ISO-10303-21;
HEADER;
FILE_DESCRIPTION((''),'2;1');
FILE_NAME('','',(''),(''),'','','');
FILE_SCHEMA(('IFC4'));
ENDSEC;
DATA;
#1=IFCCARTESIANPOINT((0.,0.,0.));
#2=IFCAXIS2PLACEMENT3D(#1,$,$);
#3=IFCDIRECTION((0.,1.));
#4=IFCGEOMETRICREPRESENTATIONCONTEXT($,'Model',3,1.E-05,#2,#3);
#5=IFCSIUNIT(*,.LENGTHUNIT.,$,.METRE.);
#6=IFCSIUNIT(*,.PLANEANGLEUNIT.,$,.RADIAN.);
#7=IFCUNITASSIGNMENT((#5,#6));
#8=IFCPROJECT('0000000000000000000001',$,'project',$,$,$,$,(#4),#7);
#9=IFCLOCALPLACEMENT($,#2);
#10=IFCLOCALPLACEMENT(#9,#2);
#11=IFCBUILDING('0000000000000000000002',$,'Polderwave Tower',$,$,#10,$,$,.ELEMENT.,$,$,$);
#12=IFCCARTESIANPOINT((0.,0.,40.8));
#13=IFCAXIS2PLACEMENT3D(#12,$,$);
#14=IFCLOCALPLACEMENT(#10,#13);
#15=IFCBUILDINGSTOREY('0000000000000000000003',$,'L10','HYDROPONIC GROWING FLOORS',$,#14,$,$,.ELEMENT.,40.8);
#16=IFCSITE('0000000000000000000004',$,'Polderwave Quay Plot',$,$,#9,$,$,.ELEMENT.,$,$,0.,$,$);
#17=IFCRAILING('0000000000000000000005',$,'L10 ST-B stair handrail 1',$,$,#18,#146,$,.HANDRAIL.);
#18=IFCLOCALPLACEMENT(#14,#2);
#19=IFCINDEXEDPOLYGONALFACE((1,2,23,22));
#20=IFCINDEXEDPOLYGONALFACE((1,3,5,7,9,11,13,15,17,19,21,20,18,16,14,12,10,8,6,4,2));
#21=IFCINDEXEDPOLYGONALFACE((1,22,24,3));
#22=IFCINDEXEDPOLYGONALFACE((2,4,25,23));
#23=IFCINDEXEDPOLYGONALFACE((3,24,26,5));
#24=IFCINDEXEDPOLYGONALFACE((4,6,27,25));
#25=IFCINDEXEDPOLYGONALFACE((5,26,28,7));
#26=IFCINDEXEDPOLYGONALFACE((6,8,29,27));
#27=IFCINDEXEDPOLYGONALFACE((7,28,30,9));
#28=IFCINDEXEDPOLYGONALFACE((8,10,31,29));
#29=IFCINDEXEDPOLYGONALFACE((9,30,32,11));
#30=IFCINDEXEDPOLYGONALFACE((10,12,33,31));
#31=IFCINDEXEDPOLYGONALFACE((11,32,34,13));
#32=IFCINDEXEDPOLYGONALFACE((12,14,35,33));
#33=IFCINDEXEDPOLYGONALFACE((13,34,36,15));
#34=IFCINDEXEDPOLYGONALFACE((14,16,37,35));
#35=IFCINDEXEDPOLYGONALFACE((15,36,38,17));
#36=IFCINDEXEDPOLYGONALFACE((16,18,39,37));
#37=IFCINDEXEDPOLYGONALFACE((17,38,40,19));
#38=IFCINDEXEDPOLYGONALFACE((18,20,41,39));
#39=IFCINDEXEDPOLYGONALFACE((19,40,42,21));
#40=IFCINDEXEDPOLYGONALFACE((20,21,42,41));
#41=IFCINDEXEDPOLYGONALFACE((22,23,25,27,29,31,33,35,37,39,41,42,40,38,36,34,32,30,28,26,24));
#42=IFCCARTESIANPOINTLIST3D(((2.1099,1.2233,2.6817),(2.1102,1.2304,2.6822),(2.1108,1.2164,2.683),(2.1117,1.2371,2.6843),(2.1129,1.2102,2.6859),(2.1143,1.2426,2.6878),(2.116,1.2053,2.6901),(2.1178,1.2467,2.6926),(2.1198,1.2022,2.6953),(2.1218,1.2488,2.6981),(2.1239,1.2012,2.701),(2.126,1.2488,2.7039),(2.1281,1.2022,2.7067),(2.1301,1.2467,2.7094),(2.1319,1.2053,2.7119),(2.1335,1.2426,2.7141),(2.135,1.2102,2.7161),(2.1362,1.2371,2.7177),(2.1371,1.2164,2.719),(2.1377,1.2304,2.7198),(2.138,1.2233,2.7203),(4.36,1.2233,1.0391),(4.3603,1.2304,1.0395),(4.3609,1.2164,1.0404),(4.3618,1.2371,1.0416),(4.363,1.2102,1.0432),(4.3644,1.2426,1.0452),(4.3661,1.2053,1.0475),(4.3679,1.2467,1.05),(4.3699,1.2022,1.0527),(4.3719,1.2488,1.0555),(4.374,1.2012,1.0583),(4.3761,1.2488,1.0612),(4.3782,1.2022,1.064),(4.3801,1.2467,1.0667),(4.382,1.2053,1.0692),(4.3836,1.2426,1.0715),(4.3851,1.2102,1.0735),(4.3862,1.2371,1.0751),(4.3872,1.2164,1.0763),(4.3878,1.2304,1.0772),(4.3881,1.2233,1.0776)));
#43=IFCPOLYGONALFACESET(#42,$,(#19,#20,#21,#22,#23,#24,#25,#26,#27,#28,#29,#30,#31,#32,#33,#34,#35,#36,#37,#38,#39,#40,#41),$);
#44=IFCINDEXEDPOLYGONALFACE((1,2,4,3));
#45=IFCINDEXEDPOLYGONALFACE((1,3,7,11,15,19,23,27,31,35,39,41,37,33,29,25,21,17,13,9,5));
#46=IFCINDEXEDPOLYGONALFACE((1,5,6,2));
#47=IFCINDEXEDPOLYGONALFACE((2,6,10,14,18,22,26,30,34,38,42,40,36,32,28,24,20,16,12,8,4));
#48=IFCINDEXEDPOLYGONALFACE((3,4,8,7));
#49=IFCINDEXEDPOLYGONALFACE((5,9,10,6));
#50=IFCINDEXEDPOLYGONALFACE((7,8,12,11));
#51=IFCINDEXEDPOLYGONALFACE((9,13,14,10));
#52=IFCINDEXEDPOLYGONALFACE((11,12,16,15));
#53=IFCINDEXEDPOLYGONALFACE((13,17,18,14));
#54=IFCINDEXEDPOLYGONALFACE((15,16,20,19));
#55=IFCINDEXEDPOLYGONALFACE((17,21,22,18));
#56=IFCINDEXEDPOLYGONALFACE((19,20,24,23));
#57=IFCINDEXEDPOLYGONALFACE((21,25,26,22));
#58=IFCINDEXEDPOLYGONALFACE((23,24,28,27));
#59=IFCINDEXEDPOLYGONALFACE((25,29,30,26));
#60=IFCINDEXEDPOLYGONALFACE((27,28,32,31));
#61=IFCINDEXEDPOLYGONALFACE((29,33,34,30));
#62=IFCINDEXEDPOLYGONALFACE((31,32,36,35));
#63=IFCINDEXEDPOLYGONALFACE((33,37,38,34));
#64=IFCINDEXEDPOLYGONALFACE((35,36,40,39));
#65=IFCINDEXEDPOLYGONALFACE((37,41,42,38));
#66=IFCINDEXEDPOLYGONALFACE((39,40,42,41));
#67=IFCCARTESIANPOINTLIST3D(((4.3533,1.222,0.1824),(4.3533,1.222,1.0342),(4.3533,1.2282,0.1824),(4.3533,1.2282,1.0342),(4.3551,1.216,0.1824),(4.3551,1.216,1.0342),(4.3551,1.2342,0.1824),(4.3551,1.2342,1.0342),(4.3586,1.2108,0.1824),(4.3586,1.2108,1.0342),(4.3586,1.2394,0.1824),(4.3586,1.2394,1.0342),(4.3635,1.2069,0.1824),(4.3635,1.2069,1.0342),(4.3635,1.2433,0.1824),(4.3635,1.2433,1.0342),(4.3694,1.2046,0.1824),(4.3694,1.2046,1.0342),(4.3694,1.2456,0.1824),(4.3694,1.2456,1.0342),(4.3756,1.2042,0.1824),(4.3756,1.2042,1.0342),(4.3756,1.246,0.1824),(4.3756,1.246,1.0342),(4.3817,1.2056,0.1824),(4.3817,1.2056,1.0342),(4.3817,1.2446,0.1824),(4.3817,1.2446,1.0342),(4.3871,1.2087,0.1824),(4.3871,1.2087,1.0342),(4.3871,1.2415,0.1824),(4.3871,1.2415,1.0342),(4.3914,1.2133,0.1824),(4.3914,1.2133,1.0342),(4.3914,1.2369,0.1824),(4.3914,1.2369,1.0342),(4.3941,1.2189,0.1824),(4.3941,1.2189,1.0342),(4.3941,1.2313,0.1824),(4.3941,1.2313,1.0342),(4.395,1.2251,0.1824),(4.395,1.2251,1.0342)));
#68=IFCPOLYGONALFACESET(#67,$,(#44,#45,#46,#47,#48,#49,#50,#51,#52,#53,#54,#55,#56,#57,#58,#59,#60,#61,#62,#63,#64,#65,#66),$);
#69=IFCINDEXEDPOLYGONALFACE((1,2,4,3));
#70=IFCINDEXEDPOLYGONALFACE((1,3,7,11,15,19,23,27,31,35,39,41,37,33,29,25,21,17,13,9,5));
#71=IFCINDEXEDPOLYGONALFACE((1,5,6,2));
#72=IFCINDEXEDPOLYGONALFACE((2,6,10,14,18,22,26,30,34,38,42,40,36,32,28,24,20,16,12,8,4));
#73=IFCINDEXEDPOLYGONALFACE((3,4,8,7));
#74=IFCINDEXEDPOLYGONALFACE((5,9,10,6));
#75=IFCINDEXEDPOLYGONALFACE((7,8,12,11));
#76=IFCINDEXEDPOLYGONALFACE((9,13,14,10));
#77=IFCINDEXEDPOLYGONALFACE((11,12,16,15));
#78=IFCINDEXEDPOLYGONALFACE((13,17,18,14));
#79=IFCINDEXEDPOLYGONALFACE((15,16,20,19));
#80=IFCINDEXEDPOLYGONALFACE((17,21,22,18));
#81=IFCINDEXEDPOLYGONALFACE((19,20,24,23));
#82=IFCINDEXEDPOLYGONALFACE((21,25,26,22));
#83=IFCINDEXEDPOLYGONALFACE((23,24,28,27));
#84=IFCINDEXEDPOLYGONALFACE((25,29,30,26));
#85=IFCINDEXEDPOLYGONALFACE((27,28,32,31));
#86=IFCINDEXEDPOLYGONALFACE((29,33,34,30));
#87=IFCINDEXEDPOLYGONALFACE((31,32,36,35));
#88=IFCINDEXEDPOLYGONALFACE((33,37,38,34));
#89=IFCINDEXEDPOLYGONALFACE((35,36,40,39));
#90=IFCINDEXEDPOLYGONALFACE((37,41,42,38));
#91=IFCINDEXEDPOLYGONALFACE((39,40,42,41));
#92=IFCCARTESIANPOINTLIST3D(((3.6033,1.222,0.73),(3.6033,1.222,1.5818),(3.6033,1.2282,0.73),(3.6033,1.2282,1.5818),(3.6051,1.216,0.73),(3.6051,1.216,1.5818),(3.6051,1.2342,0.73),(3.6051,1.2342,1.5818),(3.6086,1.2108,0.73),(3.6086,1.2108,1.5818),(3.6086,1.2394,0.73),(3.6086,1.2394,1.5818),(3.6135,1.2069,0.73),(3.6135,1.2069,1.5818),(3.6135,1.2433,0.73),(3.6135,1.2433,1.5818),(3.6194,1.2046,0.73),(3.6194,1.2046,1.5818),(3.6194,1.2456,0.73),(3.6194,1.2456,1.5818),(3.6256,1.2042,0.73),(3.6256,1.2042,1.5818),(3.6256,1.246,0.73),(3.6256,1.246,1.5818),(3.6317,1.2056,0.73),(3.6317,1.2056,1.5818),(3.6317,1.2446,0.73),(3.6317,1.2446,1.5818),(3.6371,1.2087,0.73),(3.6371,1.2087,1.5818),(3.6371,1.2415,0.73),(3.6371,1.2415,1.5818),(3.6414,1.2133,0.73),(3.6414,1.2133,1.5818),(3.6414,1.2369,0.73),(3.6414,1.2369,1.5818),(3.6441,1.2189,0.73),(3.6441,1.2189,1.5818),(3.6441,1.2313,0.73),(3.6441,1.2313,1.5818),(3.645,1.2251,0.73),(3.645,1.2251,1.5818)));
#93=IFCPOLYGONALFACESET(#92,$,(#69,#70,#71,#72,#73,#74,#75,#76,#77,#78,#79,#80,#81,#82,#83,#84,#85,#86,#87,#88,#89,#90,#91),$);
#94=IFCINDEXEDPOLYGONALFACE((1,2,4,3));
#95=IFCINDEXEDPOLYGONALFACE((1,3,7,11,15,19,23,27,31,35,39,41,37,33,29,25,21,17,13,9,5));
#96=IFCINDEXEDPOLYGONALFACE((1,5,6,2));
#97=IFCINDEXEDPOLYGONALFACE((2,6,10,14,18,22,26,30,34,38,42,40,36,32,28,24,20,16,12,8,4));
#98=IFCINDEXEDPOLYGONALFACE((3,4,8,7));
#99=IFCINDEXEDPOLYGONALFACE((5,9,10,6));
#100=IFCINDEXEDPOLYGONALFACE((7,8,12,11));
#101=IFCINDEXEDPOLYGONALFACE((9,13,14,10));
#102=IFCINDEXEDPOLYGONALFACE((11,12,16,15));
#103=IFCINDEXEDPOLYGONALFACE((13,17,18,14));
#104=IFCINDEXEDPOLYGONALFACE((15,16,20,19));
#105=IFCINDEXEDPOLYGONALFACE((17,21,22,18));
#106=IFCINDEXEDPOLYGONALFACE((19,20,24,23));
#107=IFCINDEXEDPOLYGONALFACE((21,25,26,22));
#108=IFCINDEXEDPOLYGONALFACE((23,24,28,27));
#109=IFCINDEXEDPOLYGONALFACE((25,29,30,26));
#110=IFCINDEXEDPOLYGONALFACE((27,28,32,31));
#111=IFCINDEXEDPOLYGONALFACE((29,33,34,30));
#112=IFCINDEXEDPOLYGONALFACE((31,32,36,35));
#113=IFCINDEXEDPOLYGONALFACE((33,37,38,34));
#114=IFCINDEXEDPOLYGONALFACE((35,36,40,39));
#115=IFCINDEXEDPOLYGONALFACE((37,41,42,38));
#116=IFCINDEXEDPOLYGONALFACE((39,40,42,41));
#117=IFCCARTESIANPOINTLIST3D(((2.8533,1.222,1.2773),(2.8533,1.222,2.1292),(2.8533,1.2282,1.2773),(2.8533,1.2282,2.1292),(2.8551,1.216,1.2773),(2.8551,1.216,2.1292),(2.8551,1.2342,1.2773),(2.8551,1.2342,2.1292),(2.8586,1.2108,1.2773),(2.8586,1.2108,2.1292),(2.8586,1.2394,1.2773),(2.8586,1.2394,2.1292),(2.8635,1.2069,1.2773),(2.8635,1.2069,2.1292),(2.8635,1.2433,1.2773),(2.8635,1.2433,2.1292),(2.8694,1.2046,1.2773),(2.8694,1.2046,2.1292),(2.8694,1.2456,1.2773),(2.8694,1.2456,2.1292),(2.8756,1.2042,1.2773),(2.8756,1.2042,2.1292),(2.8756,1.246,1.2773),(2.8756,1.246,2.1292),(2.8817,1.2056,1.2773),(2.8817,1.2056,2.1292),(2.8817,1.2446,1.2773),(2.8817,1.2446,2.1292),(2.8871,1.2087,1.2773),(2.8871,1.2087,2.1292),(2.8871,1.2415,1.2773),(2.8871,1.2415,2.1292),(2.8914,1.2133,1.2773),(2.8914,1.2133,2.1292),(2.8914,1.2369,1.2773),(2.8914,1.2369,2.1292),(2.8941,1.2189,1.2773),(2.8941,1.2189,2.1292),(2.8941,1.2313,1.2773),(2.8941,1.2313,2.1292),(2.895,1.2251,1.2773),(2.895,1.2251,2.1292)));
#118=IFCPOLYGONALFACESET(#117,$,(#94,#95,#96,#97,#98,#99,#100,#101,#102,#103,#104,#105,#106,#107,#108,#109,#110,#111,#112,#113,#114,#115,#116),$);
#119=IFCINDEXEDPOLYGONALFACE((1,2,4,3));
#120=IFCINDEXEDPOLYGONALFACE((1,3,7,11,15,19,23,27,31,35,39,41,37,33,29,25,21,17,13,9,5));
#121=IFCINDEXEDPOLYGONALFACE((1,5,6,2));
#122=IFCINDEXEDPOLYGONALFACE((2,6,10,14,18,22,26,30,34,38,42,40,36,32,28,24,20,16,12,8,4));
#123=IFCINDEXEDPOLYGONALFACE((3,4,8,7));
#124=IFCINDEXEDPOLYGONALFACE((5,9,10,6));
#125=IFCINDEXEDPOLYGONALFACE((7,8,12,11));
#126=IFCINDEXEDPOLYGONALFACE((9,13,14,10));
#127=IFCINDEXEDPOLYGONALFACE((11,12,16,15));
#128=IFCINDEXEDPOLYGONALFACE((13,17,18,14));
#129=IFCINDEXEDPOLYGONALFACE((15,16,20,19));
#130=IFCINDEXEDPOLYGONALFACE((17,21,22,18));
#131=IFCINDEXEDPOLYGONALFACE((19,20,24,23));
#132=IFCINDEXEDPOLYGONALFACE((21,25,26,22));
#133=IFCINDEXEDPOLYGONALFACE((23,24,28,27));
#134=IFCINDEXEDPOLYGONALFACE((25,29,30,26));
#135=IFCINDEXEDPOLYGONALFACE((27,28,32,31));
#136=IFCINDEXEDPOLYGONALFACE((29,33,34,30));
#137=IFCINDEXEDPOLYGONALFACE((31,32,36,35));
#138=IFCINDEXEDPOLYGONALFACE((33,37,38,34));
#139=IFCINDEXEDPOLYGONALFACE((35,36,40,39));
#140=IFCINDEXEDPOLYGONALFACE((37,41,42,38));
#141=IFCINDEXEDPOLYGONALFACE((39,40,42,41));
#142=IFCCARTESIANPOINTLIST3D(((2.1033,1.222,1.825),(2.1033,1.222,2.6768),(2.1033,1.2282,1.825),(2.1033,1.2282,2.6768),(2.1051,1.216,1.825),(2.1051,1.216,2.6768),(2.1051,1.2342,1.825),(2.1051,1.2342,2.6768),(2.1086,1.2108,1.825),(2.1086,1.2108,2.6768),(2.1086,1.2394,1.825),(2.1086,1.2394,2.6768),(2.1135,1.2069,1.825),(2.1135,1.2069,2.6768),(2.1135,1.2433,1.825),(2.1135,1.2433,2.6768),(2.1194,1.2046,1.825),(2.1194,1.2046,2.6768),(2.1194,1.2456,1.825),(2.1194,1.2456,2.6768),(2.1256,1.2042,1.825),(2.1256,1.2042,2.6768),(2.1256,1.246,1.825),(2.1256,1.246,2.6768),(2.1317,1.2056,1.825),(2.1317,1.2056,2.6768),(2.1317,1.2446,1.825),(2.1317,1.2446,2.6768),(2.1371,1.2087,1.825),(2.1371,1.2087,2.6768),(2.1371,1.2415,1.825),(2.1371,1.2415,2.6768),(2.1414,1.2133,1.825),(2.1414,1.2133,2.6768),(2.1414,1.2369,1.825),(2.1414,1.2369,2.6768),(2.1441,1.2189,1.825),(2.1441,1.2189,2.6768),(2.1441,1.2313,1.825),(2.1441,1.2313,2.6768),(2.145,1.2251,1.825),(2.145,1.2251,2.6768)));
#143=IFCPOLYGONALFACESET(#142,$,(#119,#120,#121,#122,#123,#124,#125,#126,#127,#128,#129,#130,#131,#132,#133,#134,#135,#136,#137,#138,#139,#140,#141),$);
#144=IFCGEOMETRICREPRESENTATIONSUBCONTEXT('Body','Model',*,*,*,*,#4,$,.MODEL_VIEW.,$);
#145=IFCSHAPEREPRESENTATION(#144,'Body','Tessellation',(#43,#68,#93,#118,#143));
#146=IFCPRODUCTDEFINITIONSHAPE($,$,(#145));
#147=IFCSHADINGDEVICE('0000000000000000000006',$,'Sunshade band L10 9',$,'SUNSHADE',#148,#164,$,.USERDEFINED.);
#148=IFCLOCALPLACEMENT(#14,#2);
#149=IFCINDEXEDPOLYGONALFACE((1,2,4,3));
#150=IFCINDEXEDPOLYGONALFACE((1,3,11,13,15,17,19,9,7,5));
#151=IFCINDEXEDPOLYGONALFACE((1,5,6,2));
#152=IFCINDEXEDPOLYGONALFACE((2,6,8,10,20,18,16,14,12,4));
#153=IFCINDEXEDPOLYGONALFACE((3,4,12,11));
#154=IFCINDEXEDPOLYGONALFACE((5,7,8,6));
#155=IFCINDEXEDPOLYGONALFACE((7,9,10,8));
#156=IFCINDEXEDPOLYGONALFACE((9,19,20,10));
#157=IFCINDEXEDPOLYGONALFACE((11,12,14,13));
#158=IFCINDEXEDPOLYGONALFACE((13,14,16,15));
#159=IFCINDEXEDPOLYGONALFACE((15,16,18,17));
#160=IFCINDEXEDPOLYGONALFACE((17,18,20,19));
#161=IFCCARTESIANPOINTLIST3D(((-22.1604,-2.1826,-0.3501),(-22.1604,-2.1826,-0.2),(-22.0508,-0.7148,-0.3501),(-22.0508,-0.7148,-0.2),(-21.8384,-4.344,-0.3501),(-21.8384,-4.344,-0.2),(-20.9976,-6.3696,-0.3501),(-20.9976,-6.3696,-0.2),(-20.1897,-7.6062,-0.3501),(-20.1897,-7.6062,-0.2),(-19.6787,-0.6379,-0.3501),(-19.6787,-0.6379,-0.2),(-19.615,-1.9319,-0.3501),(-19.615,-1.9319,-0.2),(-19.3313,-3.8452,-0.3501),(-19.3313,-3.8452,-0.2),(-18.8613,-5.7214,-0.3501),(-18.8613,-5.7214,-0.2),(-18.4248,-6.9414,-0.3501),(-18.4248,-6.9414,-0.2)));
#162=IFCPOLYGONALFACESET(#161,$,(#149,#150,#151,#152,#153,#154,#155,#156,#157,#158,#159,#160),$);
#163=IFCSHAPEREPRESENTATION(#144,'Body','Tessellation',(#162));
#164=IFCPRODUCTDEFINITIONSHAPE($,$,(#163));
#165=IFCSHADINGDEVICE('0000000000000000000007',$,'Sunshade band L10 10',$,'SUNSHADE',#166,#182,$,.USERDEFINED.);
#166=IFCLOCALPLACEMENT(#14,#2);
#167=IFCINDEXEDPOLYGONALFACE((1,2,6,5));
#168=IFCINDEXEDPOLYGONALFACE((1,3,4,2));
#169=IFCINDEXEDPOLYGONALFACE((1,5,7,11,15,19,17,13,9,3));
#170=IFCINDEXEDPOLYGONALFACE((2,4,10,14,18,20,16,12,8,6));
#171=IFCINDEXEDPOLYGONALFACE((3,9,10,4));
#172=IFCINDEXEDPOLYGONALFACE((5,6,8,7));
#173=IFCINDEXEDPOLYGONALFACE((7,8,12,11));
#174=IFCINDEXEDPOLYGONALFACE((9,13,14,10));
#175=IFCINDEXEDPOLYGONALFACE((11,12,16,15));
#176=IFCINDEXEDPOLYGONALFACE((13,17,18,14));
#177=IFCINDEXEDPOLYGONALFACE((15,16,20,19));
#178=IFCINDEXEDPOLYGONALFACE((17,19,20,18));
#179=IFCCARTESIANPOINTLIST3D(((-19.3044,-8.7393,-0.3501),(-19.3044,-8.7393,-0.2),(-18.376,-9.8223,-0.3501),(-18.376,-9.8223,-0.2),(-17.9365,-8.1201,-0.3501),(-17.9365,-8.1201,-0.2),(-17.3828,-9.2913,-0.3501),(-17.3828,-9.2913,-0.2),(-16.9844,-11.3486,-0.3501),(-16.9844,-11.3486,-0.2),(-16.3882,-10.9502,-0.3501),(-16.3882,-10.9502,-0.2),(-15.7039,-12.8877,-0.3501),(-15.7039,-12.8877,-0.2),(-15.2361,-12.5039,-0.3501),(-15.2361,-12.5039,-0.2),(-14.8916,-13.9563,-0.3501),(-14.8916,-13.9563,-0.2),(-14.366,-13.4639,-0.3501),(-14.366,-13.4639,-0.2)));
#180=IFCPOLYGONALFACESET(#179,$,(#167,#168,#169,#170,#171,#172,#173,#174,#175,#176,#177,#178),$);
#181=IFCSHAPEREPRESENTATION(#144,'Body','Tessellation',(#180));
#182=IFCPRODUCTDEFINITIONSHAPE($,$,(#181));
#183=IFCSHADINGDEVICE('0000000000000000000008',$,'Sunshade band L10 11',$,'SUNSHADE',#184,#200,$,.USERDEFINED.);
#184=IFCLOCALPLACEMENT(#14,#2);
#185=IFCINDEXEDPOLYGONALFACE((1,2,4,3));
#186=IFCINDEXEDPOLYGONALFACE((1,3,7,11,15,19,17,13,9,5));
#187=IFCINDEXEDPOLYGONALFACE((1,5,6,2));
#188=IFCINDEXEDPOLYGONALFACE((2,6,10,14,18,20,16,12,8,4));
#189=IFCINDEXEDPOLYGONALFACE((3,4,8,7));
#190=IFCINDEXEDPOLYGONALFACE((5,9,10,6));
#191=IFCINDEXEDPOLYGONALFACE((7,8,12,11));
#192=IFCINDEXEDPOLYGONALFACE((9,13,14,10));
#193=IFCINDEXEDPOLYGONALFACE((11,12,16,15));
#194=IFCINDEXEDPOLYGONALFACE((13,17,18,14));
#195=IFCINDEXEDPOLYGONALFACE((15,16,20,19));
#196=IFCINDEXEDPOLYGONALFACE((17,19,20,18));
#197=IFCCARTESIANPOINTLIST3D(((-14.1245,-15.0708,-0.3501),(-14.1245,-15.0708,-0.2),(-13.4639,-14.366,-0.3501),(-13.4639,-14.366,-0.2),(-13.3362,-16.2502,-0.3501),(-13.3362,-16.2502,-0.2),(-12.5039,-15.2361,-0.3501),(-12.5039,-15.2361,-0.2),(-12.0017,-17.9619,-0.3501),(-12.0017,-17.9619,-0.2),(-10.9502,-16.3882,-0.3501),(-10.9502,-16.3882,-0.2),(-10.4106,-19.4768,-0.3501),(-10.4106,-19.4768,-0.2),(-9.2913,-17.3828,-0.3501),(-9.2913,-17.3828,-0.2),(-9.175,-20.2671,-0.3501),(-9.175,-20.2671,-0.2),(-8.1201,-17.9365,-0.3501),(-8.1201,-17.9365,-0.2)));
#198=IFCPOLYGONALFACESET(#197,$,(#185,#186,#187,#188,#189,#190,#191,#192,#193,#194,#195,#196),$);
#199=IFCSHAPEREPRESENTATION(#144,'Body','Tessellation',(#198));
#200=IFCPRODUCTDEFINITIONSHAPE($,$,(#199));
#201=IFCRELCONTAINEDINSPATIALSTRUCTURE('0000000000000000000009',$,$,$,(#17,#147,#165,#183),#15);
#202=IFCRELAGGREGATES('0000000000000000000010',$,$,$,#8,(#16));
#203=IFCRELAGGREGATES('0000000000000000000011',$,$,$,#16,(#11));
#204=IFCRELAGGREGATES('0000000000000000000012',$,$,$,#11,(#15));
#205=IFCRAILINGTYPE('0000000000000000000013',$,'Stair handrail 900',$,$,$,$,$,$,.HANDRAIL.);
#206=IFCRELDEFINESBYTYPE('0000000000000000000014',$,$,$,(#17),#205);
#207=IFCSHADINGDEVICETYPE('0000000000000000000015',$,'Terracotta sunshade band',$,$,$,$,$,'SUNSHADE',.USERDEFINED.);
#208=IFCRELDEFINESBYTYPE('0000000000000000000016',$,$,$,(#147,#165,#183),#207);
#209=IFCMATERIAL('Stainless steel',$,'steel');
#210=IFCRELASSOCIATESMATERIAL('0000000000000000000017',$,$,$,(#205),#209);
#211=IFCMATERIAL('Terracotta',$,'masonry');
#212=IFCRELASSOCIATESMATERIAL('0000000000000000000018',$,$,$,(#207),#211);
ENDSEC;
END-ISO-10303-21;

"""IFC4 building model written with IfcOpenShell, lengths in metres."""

from ifc_helpers import new_model, si_unit, direction, frame, origin, origin_2d, place, context, subcontext, project, spatial, polyline, circle, outline, extrude, material, type_object, element, save


model = new_model("IFC4")

# Units and contexts
model_context = context("Model", 3, precision=1e-05, world=origin(), true_north=direction((0.0, 1.0)))
body_context = subcontext(model_context, "Body", "Model", "MODEL_VIEW")
ifc_project = project(units=[si_unit("LENGTHUNIT", "METRE"), si_unit("PLANEANGLEUNIT", "RADIAN")], contexts=[model_context])

# Site, building, storey
site_placement = place(None, origin())
site = spatial("IfcSite", under=ifc_project, at=site_placement, Name="Polderwave Quay Plot", CompositionType="ELEMENT", RefElevation=0.0)
building_placement = place(site_placement, origin())
building = spatial("IfcBuilding", under=site, at=building_placement, Name="Polderwave Tower", CompositionType="ELEMENT")
storey_placement = place(building_placement, frame((0.0, 0.0, 40.8)))
storey = spatial("IfcBuildingStorey", under=building, at=storey_placement, Name="L10", Description="HYDROPONIC GROWING FLOORS", CompositionType="ELEMENT", Elevation=40.8)

# Railing
ifc_material_1 = material(Name="Stainless steel", Category="steel")
railing_type_1 = type_object("IfcRailingType", Name="Stair handrail 900", PredefinedType="HANDRAIL", material=ifc_material_1)
railing_1_placement = place(storey_placement, frame((4.374, 1.2251, 0.1824)))
element("IfcRailing", 1, at=railing_1_placement, inside=storey, type_object=railing_type_1, Name="L10 ST-B stair handrail 1", PredefinedType="HANDRAIL", context=body_context, shape_type="SweptSolid", body=[
    extrude(circle(Radius=0.0239, at=origin_2d()), frame((0.0, 0.0, 0.876), z_axis=(-0.807674, 0.0, 0.58963), x_axis=(0.0, -1.0, 0.0)), (0.0, 0.0, 1.0), 2.7859),
    extrude(circle(Radius=0.021, at=origin_2d()), origin(), (0.0, 0.0, 1.0), 0.8518),
    extrude(circle(Radius=0.021, at=origin_2d()), frame((-0.75, 0.0, 0.5476)), (0.0, 0.0, 1.0), 0.8518),
    extrude(circle(Radius=0.021, at=origin_2d()), frame((-1.5, 0.0, 1.095)), (0.0, 0.0, 1.0), 0.8518),
    extrude(circle(Radius=0.021, at=origin_2d()), frame((-2.25, 0.0, 1.6426)), (0.0, 0.0, 1.0), 0.8518),
])

# Shading devices
ifc_material_2 = material(Name="Terracotta", Category="masonry")
shading_device_type = type_object("IfcShadingDeviceType", Name="Terracotta sunshade band", ElementType="SUNSHADE", PredefinedType="USERDEFINED", material=ifc_material_2)
shading_device_1_placement = place(storey_placement, frame((0.0, 0.0, -0.3501)))
element("IfcShadingDevice", 2, at=shading_device_1_placement, inside=storey, type_object=shading_device_type, Name="Sunshade band L10 9", ObjectType="SUNSHADE", PredefinedType="USERDEFINED", context=body_context, shape_type="SweptSolid", body=[
    extrude(outline(polyline([(-19.6787, -0.6379), (-19.615, -1.9319), (-19.3313, -3.8452), (-18.8613, -5.7214), (-18.4248, -6.9414), (-20.1897, -7.6062), (-20.9976, -6.3696), (-21.8384, -4.344), (-22.1604, -2.1826), (-22.0508, -0.7148), (-19.6787, -0.6379)])), origin(), (0.0, 0.0, 1.0), 0.1501),
])
shading_device_2_placement = place(storey_placement, frame((0.0, 0.0, -0.3501)))
element("IfcShadingDevice", 3, at=shading_device_2_placement, inside=storey, type_object=shading_device_type, Name="Sunshade band L10 10", ObjectType="SUNSHADE", PredefinedType="USERDEFINED", context=body_context, shape_type="SweptSolid", body=[
    extrude(outline(polyline([(-17.9365, -8.1201), (-17.3828, -9.2913), (-16.3882, -10.9502), (-15.2361, -12.5039), (-14.366, -13.4639), (-14.8916, -13.9563), (-15.7039, -12.8877), (-16.9844, -11.3486), (-18.376, -9.8223), (-19.3044, -8.7393), (-17.9365, -8.1201)])), origin(), (0.0, 0.0, 1.0), 0.1501),
])
shading_device_3_placement = place(storey_placement, frame((0.0, 0.0, -0.3501)))
element("IfcShadingDevice", 4, at=shading_device_3_placement, inside=storey, type_object=shading_device_type, Name="Sunshade band L10 11", ObjectType="SUNSHADE", PredefinedType="USERDEFINED", context=body_context, shape_type="SweptSolid", body=[
    extrude(outline(polyline([(-13.4639, -14.366), (-12.5039, -15.2361), (-10.9502, -16.3882), (-9.2913, -17.3828), (-8.1201, -17.9365), (-9.175, -20.2671), (-10.4106, -19.4768), (-12.0017, -17.9619), (-13.3362, -16.2502), (-14.1245, -15.0708), (-13.4639, -14.366)])), origin(), (0.0, 0.0, 1.0), 0.1501),
])

save(model, "model.ifc")
